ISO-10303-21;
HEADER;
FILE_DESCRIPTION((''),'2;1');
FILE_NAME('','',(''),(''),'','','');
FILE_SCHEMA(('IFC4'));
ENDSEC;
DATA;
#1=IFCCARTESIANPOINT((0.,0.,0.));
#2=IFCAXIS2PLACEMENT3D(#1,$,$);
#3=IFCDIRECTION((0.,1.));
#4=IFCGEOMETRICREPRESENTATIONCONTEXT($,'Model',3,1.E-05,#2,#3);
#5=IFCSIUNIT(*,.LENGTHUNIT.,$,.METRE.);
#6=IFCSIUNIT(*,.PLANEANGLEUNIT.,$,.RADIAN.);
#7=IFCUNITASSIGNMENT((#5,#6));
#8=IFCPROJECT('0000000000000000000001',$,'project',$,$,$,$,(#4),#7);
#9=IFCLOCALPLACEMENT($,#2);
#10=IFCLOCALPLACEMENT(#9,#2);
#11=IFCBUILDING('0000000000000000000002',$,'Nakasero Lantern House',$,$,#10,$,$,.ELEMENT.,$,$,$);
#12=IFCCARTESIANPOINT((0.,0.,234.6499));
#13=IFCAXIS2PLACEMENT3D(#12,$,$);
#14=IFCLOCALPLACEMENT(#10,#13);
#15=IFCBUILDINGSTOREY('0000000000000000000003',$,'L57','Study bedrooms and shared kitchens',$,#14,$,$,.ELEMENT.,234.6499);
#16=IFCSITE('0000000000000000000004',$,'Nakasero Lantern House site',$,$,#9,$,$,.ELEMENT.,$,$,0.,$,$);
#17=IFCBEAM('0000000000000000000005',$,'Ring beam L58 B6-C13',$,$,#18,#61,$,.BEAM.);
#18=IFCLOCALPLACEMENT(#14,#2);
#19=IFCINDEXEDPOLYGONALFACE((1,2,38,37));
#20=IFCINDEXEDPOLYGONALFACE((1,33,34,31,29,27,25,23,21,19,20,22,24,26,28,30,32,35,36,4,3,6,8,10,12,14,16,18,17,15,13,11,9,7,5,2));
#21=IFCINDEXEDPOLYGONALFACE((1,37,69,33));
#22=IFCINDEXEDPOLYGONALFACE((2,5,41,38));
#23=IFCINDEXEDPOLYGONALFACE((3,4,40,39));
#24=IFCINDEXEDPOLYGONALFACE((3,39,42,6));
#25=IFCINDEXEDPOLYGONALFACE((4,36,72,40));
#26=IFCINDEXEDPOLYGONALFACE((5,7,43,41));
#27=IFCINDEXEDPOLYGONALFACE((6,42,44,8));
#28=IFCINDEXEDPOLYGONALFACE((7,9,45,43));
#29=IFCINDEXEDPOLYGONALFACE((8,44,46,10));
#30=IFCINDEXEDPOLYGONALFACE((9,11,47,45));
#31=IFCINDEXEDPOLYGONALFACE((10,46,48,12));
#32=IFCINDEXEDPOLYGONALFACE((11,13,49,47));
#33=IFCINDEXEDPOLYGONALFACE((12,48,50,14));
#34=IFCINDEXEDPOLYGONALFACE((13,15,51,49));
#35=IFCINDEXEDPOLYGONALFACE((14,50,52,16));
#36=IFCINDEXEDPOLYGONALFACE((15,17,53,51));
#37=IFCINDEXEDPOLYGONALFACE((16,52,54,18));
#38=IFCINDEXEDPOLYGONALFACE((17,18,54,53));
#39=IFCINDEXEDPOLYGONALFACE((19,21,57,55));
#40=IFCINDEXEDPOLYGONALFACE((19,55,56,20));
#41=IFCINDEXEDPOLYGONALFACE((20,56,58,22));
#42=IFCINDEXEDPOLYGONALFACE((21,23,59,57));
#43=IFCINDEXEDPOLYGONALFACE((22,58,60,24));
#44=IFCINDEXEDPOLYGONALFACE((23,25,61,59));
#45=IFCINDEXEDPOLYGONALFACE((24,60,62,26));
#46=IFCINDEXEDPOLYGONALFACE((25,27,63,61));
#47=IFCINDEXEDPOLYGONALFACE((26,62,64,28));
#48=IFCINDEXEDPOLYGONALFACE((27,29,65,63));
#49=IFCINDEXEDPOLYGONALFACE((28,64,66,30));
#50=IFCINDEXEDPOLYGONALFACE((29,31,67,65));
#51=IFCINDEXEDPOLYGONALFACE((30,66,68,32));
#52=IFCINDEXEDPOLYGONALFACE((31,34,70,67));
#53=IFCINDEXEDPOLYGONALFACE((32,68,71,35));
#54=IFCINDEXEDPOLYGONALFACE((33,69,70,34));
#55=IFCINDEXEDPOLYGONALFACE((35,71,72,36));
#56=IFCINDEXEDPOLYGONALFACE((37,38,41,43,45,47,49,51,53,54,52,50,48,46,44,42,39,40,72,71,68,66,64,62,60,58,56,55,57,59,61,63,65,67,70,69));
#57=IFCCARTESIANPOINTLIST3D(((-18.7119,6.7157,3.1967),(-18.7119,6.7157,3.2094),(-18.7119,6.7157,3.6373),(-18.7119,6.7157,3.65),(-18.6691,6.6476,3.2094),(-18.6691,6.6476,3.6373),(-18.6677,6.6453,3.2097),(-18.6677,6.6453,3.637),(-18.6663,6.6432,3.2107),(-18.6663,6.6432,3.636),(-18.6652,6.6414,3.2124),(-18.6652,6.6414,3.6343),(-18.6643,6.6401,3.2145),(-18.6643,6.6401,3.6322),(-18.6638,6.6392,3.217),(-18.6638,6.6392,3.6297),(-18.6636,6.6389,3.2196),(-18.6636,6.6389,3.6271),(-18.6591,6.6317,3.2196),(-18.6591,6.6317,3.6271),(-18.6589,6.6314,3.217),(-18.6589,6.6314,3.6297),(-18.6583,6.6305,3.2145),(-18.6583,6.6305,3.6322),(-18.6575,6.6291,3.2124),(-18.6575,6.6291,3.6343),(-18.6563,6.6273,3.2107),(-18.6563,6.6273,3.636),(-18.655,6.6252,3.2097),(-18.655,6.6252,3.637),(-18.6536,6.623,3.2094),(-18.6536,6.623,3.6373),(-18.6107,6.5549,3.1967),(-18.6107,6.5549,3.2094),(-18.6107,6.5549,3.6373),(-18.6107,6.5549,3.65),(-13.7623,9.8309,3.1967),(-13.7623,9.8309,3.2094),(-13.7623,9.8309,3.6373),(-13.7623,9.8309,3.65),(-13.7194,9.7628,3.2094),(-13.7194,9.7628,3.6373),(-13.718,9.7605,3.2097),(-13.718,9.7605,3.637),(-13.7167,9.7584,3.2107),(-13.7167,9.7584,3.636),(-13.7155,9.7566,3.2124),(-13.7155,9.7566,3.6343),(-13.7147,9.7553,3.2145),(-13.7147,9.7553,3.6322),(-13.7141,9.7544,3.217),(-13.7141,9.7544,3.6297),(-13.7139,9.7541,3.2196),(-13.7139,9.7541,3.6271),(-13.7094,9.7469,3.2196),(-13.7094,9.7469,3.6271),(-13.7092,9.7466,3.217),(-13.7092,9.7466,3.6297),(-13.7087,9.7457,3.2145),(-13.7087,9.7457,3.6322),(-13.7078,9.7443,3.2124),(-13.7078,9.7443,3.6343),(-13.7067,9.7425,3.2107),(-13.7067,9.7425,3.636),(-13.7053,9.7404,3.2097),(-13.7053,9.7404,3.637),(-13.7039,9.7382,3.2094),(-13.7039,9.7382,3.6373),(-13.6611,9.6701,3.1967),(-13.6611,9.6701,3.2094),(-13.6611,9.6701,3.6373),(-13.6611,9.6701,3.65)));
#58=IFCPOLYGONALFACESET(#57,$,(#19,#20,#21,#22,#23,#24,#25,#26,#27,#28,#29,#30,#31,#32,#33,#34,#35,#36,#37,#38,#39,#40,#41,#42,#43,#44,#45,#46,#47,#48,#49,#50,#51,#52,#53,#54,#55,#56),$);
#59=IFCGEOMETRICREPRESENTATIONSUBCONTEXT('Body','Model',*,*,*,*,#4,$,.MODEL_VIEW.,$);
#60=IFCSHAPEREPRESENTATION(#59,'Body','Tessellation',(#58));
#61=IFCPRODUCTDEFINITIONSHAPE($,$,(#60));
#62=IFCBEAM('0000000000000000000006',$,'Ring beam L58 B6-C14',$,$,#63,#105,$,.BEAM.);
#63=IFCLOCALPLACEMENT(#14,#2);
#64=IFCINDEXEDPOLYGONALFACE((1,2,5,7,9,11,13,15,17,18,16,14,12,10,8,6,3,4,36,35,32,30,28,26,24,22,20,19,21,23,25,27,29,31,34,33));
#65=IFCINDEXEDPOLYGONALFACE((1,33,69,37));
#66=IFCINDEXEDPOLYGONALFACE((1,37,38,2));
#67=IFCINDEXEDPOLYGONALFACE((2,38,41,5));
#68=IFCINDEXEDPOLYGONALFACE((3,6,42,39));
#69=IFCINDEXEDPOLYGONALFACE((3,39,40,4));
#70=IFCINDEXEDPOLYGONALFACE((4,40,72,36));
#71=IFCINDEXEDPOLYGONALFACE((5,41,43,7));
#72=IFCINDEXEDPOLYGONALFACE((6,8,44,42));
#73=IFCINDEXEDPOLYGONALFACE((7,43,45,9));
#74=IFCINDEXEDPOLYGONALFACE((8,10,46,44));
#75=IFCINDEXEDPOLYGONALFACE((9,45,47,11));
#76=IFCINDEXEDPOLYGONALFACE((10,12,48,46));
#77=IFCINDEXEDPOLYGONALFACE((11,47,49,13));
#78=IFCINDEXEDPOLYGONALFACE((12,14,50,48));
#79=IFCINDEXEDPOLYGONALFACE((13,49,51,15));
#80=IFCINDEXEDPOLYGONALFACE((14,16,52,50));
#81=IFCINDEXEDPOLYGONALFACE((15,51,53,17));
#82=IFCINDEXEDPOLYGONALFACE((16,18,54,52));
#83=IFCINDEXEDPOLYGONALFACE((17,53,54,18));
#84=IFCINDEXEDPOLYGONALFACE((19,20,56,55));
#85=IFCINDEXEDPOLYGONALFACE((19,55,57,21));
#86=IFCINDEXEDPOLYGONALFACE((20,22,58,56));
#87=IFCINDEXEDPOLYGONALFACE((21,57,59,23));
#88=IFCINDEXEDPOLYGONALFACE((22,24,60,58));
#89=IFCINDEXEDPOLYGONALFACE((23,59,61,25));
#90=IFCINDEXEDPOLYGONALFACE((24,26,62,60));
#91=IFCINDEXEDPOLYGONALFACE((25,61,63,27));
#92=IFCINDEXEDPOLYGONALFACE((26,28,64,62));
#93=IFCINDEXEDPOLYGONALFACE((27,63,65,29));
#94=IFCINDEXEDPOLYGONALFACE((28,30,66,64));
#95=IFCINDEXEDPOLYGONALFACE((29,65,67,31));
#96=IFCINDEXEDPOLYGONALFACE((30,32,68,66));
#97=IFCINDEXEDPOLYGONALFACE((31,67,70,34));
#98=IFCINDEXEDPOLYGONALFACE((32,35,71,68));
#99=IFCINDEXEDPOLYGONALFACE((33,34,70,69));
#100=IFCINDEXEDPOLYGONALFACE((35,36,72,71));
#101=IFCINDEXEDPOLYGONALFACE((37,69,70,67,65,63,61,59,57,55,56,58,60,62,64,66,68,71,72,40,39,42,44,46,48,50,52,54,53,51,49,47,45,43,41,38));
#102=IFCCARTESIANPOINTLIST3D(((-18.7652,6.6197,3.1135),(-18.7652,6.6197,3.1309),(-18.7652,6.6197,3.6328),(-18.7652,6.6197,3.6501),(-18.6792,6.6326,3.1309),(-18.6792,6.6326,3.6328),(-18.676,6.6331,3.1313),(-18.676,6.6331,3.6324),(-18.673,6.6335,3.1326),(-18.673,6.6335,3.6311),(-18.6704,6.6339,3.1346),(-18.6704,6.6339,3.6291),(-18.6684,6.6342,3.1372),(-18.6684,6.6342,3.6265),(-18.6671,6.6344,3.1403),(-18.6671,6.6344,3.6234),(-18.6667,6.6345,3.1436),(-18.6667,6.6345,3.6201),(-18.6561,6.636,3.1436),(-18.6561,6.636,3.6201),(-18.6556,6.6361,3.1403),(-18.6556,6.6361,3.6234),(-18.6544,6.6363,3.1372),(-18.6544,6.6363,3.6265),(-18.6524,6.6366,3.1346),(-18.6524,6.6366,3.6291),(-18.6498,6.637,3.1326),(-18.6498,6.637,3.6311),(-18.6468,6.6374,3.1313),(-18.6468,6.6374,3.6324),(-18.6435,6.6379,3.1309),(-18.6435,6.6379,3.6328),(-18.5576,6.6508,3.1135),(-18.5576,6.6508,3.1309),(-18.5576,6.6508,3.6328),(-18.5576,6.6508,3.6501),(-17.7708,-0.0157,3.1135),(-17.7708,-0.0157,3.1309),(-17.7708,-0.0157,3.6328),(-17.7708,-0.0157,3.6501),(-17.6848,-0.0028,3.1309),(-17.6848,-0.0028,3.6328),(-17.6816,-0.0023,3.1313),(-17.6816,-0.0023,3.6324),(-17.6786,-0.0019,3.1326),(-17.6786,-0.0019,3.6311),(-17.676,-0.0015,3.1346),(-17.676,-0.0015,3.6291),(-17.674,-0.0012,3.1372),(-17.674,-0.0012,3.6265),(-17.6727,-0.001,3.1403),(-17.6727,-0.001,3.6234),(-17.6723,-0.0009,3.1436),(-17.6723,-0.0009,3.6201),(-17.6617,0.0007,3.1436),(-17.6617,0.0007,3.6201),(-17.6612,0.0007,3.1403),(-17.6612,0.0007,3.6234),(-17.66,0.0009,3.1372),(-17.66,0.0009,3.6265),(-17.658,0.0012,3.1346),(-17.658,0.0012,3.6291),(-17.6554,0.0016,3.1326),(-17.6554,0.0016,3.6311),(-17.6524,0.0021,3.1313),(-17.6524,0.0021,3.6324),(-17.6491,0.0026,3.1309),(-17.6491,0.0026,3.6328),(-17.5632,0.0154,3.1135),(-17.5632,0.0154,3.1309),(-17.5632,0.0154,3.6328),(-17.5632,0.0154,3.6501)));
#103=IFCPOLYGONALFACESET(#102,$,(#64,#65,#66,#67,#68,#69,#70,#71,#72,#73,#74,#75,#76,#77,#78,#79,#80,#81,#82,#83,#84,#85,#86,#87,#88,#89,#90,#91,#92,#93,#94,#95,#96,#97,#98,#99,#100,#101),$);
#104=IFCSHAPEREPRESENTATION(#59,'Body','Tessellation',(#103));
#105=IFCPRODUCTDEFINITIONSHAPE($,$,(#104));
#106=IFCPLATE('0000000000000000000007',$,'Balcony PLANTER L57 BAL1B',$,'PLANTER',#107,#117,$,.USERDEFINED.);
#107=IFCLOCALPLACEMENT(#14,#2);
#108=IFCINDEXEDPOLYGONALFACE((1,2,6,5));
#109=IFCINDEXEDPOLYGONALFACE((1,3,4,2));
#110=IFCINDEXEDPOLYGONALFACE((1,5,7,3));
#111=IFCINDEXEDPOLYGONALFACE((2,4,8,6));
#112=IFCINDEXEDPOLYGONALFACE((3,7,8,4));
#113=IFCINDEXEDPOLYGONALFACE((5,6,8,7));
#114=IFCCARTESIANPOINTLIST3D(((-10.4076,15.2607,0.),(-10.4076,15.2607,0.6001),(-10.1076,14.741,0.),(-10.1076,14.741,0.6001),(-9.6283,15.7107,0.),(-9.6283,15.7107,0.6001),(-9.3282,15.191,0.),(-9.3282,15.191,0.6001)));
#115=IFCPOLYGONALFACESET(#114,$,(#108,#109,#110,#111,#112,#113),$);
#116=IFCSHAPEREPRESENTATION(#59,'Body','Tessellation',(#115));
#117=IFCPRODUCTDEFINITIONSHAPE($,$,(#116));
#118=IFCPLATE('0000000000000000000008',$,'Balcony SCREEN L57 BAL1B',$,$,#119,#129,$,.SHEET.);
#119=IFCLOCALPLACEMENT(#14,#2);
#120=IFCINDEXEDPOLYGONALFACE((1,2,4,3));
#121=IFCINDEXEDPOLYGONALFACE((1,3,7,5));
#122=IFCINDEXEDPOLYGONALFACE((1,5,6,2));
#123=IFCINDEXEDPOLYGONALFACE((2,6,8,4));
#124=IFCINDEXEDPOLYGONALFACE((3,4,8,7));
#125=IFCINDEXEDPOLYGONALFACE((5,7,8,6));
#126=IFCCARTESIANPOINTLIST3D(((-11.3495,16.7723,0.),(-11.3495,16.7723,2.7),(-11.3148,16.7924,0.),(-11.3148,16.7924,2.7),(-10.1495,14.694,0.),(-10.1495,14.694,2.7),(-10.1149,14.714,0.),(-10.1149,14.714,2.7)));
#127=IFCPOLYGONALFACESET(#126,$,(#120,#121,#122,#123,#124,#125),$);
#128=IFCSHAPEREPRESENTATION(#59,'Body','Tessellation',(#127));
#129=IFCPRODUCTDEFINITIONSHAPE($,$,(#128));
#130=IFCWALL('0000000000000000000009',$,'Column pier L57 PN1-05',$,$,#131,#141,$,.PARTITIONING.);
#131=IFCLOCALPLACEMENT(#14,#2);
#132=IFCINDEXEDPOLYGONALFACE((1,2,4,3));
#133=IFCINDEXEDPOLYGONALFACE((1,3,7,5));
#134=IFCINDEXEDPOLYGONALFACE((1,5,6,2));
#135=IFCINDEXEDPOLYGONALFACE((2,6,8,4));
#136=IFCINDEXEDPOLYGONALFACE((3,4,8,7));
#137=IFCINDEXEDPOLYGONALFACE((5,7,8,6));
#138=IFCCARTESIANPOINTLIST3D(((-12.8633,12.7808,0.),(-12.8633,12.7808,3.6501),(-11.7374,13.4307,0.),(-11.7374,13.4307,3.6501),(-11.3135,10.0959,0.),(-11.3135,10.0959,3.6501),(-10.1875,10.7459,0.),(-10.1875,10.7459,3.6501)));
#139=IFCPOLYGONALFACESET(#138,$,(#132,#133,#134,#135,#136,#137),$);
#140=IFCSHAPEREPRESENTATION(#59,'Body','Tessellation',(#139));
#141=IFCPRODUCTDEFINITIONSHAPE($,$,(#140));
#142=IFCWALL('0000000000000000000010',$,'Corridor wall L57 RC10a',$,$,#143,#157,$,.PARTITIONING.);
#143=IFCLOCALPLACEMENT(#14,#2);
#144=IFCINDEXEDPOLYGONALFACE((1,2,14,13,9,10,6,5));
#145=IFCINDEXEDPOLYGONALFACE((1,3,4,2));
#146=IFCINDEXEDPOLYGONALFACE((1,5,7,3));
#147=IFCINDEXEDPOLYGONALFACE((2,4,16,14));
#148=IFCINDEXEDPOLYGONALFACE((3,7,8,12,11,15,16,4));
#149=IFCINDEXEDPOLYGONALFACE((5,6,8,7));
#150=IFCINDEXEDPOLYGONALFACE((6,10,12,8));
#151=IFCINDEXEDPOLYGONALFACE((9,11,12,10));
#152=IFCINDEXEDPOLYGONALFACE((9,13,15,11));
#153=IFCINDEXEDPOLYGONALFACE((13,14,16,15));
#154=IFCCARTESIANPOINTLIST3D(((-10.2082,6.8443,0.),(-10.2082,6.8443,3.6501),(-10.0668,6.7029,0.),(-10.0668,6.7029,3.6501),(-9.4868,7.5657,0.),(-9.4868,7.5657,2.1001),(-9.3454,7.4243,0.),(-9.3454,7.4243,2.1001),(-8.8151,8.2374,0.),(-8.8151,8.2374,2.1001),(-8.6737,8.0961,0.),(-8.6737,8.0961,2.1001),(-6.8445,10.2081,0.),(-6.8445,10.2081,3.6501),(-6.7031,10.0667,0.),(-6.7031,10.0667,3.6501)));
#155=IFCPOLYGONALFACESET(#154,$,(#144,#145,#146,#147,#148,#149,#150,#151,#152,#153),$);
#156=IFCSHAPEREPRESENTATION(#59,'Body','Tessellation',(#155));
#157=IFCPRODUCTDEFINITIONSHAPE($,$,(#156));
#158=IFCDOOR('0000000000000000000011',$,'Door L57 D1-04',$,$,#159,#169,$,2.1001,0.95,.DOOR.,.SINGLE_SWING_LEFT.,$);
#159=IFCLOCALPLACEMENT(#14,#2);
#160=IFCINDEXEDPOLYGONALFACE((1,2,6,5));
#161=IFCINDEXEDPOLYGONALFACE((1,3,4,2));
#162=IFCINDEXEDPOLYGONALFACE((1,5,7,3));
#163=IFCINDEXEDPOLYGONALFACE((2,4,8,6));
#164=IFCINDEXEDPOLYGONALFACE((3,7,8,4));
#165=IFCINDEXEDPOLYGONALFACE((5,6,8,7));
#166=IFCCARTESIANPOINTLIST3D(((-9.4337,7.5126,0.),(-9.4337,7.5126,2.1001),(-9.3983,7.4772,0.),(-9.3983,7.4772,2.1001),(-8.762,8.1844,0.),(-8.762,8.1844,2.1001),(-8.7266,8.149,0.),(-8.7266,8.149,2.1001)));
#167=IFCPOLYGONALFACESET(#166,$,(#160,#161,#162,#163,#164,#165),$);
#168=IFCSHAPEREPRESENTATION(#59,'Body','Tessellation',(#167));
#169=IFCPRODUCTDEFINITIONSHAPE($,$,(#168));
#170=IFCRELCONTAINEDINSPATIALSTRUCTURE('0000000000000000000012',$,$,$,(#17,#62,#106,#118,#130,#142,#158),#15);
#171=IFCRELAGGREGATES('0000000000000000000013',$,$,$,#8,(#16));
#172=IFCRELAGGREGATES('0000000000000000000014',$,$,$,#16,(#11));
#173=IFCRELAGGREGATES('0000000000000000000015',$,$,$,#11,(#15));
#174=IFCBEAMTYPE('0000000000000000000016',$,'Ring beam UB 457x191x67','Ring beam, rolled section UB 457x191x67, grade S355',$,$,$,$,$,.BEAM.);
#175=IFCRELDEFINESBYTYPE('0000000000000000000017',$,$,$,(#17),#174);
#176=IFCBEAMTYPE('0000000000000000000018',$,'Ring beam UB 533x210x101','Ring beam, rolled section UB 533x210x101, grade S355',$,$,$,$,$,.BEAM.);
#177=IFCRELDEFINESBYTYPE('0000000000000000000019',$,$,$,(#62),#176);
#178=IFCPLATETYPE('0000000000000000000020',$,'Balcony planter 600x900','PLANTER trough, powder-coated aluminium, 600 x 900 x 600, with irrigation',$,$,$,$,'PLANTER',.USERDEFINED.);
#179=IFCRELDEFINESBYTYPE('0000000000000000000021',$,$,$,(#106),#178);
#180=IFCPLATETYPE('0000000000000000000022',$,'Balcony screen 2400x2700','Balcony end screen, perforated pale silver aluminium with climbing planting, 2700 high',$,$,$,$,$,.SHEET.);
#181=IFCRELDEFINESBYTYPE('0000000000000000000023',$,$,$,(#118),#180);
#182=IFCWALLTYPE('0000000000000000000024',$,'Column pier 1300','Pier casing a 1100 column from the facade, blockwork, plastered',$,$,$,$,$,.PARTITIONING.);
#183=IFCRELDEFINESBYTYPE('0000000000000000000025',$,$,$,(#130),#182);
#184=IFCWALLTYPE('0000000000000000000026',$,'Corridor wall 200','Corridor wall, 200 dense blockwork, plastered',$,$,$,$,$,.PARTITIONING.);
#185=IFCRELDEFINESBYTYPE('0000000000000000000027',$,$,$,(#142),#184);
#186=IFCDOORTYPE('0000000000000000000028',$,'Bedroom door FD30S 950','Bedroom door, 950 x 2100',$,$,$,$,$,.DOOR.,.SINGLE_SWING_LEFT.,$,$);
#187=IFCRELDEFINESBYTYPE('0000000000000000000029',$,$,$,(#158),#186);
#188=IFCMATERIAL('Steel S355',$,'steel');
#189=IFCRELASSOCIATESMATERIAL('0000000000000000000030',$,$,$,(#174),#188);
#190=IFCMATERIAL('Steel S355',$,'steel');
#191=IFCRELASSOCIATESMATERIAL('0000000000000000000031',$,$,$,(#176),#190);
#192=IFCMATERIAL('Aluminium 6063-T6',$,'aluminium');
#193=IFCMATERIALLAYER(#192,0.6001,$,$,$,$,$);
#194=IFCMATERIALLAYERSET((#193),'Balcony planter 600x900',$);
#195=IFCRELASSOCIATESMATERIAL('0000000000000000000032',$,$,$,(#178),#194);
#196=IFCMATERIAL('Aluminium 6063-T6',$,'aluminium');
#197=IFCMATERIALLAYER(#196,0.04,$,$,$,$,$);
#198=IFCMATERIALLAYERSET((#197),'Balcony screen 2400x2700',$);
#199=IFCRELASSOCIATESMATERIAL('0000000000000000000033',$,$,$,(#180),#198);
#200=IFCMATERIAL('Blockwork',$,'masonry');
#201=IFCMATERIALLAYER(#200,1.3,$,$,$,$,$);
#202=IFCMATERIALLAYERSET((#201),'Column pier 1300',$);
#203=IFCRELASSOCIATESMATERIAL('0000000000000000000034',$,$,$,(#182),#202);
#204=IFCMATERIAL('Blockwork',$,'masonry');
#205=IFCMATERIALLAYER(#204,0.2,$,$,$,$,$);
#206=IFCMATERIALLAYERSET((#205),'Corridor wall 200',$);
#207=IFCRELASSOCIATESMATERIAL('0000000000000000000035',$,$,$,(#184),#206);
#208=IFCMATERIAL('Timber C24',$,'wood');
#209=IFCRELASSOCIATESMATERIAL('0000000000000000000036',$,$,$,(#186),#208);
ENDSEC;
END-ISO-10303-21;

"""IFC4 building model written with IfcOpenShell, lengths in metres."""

from ifc_helpers import new_model, si_unit, direction, frame, frame_2d, origin, origin_2d, place, context, subcontext, project, spatial, rectangle, i_section, extrude, material, layer, layer_set, material_profile, profile_set, type_object, element, fill, save


model = new_model("IFC4")

# Units and contexts
model_context = context("Model", 3, precision=1e-05, world=origin(), true_north=direction((0.0, 1.0)))
body_context = subcontext(model_context, "Body", "Model", "MODEL_VIEW")
ifc_project = project(units=[si_unit("LENGTHUNIT", "METRE"), si_unit("PLANEANGLEUNIT", "RADIAN")], contexts=[model_context])

# Site, building, storey
site_placement = place(None, origin())
site = spatial("IfcSite", under=ifc_project, at=site_placement, Name="Nakasero Lantern House site", CompositionType="ELEMENT", RefElevation=0.0)
building_placement = place(site_placement, origin())
building = spatial("IfcBuilding", under=site, at=building_placement, Name="Nakasero Lantern House", CompositionType="ELEMENT")
storey_placement = place(building_placement, frame((0.0, 0.0, 234.6499)))
storey = spatial("IfcBuildingStorey", under=building, at=storey_placement, Name="L57", Description="Study bedrooms and shared kitchens", CompositionType="ELEMENT", Elevation=234.6499)

# Beams
ifc_material_1 = material(Name="Steel S355", Category="steel")
ifc_material_profile_1 = material_profile(ifc_material_1, i_section(OverallWidth=0.1899, OverallDepth=0.4534, WebThickness=0.0085, FlangeThickness=0.0127, FilletRadius=0.0103, at=origin_2d()), Name="UB 457x191x67")
ifc_profile_set_1 = profile_set([ifc_material_profile_1], Name="Steel S355")
beam_type_1 = type_object("IfcBeamType", Name="Ring beam UB 457x191x67", Description="Ring beam, rolled section UB 457x191x67, grade S355", PredefinedType="BEAM", material=ifc_profile_set_1)
beam_1_placement = place(storey_placement, frame((-13.7117, 9.7505, 3.4233), z_axis=(-0.846329, -0.53266, 0.0), x_axis=(0.53266, -0.846329, 0.0)))
element("IfcBeam", 1, at=beam_1_placement, inside=storey, type_object=beam_type_1, Name="Ring beam L58 B6-C13", PredefinedType="BEAM", context=body_context, shape_type="SweptSolid", body=[
    extrude(i_section(OverallWidth=0.1899, OverallDepth=0.4534, WebThickness=0.0085, FlangeThickness=0.0127, FilletRadius=0.0103, at=origin_2d()), origin(), (0.0, 0.0, 1.0), 5.8484),
])
ifc_material_2 = material(Name="Steel S355", Category="steel")
ifc_material_profile_2 = material_profile(ifc_material_2, i_section(OverallWidth=0.21, OverallDepth=0.5366, WebThickness=0.0107, FlangeThickness=0.0173, FilletRadius=0.0127, at=origin_2d()), Name="UB 533x210x101")
ifc_profile_set_2 = profile_set([ifc_material_profile_2], Name="Steel S355")
beam_type_2 = type_object("IfcBeamType", Name="Ring beam UB 533x210x101", Description="Ring beam, rolled section UB 533x210x101, grade S355", PredefinedType="BEAM", material=ifc_profile_set_2)
beam_2_placement = place(storey_placement, frame((-18.6614, 6.6353, 3.3818), z_axis=(0.148209, -0.988956, 0.0), x_axis=(0.988956, 0.148209, 0.0)))
element("IfcBeam", 2, at=beam_2_placement, inside=storey, type_object=beam_type_2, Name="Ring beam L58 B6-C14", PredefinedType="BEAM", context=body_context, shape_type="SweptSolid", body=[
    extrude(i_section(OverallWidth=0.21, OverallDepth=0.5366, WebThickness=0.0107, FlangeThickness=0.0173, FilletRadius=0.0127, at=origin_2d()), origin(), (0.0, 0.0, 1.0), 6.7095),
])

# Plates
ifc_material_3 = material(Name="Aluminium 6063-T6", Category="aluminium")
ifc_layer_1 = layer(ifc_material_3, 0.6001)
ifc_layer_set_1 = layer_set([ifc_layer_1], Name="Balcony planter 600x900")
plate_type_1 = type_object("IfcPlateType", Name="Balcony planter 600x900", Description="PLANTER trough, powder-coated aluminium, 600 x 900 x 600, with irrigation", ElementType="PLANTER", PredefinedType="USERDEFINED", material=ifc_layer_set_1)
plate_1_placement = place(storey_placement, frame((-9.8679, 15.2258, 0.0), z_axis=(0.0, 0.0, 1.0), x_axis=(-0.5, 0.866025, 0.0)))
element("IfcPlate", 3, at=plate_1_placement, inside=storey, type_object=plate_type_1, Name="Balcony PLANTER L57 BAL1B", ObjectType="PLANTER", PredefinedType="USERDEFINED", context=body_context, shape_type="SweptSolid", body=[
    extrude(rectangle(XDim=0.6001, YDim=0.8999, at=origin_2d()), origin(), (0.0, 0.0, 1.0), 0.6001),
])
ifc_material_4 = material(Name="Aluminium 6063-T6", Category="aluminium")
ifc_layer_2 = layer(ifc_material_4, 0.04)
ifc_layer_set_2 = layer_set([ifc_layer_2], Name="Balcony screen 2400x2700")
plate_type_2 = type_object("IfcPlateType", Name="Balcony screen 2400x2700", Description="Balcony end screen, perforated pale silver aluminium with climbing planting, 2700 high", PredefinedType="SHEET", material=ifc_layer_set_2)
plate_2_placement = place(storey_placement, frame((-10.7322, 15.7432, 0.0), z_axis=(0.0, 0.0, 1.0), x_axis=(-0.5, 0.866025, 0.0)))
element("IfcPlate", 4, at=plate_2_placement, inside=storey, type_object=plate_type_2, Name="Balcony SCREEN L57 BAL1B", PredefinedType="SHEET", context=body_context, shape_type="SweptSolid", body=[
    extrude(rectangle(XDim=2.3999, YDim=0.04, at=origin_2d()), origin(), (0.0, 0.0, 1.0), 2.7),
])

# Wall
ifc_material_5 = material(Name="Blockwork", Category="masonry")
ifc_layer_3 = layer(ifc_material_5, 1.3)
ifc_layer_set_3 = layer_set([ifc_layer_3], Name="Column pier 1300")
wall_type_1 = type_object("IfcWallType", Name="Column pier 1300", Description="Pier casing a 1100 column from the facade, blockwork, plastered", PredefinedType="PARTITIONING", material=ifc_layer_set_3)
wall_1_placement = place(storey_placement, frame((-10.7505, 10.4209, 0.0), z_axis=(0.0, 0.0, 1.0), x_axis=(-0.499934, 0.866064, 0.0)))
element("IfcWall", 5, at=wall_1_placement, inside=storey, type_object=wall_type_1, Name="Column pier L57 PN1-05", PredefinedType="PARTITIONING", context=body_context, shape_type="SweptSolid", body=[
    extrude(rectangle(XDim=3.1001, YDim=1.3, at=frame_2d((1.55, 0.0))), origin(), (0.0, 0.0, 1.0), 3.6501),
])

# Wall, opening, door
ifc_material_6 = material(Name="Blockwork", Category="masonry")
ifc_layer_4 = layer(ifc_material_6, 0.2)
ifc_layer_set_4 = layer_set([ifc_layer_4], Name="Corridor wall 200")
wall_type_2 = type_object("IfcWallType", Name="Corridor wall 200", Description="Corridor wall, 200 dense blockwork, plastered", PredefinedType="PARTITIONING", material=ifc_layer_set_4)
wall_2_placement = place(storey_placement, frame((-10.1375, 6.7737, 0.0), z_axis=(0.0, 0.0, 1.0), x_axis=(0.707107, 0.707107, 0.0)))
wall_2 = element("IfcWall", 6, at=wall_2_placement, inside=storey, type_object=wall_type_2, Name="Corridor wall L57 RC10a", PredefinedType="PARTITIONING", context=body_context, shape_type="SweptSolid", body=[
    extrude(rectangle(XDim=4.7571, YDim=0.2, at=frame_2d((2.3784, 0.0))), origin(), (0.0, 0.0, 1.0), 3.6501),
])
opening_1_placement = place(wall_2_placement, frame((1.02, 0.0, 0.0)))
opening_1 = element("IfcOpeningElement", 7, at=opening_1_placement, cuts=wall_2, PredefinedType="OPENING", context=body_context, shape_type="SweptSolid", body=[
    extrude(rectangle(XDim=0.95, YDim=2.1001, at=frame_2d((0.4751, 1.05))), frame((0.0, 0.1199, 0.0), z_axis=(0.0, -1.0, 0.0), x_axis=(1.0, 0.0, 0.0)), (0.0, 0.0, 1.0), 0.24),
])
ifc_material_7 = material(Name="Timber C24", Category="wood")
door_type_1 = type_object("IfcDoorType", Name="Bedroom door FD30S 950", Description="Bedroom door, 950 x 2100", OperationType="SINGLE_SWING_LEFT", PredefinedType="DOOR", material=ifc_material_7)
door_1_placement = place(opening_1_placement, origin())
door_1 = element("IfcDoor", 8, at=door_1_placement, inside=storey, type_object=door_type_1, Name="Door L57 D1-04", OperationType="SINGLE_SWING_LEFT", OverallHeight=2.1001, OverallWidth=0.95, PredefinedType="DOOR", context=body_context, shape_type="SweptSolid", body=[
    extrude(rectangle(XDim=0.95, YDim=2.1001, at=frame_2d((0.4751, 1.05))), frame((0.0, 0.0249, 0.0), z_axis=(0.0, -1.0, 0.0), x_axis=(1.0, 0.0, 0.0)), (0.0, 0.0, 1.0), 0.05),
])
fill(opening_1, door_1)

save(model, "model.ifc")
